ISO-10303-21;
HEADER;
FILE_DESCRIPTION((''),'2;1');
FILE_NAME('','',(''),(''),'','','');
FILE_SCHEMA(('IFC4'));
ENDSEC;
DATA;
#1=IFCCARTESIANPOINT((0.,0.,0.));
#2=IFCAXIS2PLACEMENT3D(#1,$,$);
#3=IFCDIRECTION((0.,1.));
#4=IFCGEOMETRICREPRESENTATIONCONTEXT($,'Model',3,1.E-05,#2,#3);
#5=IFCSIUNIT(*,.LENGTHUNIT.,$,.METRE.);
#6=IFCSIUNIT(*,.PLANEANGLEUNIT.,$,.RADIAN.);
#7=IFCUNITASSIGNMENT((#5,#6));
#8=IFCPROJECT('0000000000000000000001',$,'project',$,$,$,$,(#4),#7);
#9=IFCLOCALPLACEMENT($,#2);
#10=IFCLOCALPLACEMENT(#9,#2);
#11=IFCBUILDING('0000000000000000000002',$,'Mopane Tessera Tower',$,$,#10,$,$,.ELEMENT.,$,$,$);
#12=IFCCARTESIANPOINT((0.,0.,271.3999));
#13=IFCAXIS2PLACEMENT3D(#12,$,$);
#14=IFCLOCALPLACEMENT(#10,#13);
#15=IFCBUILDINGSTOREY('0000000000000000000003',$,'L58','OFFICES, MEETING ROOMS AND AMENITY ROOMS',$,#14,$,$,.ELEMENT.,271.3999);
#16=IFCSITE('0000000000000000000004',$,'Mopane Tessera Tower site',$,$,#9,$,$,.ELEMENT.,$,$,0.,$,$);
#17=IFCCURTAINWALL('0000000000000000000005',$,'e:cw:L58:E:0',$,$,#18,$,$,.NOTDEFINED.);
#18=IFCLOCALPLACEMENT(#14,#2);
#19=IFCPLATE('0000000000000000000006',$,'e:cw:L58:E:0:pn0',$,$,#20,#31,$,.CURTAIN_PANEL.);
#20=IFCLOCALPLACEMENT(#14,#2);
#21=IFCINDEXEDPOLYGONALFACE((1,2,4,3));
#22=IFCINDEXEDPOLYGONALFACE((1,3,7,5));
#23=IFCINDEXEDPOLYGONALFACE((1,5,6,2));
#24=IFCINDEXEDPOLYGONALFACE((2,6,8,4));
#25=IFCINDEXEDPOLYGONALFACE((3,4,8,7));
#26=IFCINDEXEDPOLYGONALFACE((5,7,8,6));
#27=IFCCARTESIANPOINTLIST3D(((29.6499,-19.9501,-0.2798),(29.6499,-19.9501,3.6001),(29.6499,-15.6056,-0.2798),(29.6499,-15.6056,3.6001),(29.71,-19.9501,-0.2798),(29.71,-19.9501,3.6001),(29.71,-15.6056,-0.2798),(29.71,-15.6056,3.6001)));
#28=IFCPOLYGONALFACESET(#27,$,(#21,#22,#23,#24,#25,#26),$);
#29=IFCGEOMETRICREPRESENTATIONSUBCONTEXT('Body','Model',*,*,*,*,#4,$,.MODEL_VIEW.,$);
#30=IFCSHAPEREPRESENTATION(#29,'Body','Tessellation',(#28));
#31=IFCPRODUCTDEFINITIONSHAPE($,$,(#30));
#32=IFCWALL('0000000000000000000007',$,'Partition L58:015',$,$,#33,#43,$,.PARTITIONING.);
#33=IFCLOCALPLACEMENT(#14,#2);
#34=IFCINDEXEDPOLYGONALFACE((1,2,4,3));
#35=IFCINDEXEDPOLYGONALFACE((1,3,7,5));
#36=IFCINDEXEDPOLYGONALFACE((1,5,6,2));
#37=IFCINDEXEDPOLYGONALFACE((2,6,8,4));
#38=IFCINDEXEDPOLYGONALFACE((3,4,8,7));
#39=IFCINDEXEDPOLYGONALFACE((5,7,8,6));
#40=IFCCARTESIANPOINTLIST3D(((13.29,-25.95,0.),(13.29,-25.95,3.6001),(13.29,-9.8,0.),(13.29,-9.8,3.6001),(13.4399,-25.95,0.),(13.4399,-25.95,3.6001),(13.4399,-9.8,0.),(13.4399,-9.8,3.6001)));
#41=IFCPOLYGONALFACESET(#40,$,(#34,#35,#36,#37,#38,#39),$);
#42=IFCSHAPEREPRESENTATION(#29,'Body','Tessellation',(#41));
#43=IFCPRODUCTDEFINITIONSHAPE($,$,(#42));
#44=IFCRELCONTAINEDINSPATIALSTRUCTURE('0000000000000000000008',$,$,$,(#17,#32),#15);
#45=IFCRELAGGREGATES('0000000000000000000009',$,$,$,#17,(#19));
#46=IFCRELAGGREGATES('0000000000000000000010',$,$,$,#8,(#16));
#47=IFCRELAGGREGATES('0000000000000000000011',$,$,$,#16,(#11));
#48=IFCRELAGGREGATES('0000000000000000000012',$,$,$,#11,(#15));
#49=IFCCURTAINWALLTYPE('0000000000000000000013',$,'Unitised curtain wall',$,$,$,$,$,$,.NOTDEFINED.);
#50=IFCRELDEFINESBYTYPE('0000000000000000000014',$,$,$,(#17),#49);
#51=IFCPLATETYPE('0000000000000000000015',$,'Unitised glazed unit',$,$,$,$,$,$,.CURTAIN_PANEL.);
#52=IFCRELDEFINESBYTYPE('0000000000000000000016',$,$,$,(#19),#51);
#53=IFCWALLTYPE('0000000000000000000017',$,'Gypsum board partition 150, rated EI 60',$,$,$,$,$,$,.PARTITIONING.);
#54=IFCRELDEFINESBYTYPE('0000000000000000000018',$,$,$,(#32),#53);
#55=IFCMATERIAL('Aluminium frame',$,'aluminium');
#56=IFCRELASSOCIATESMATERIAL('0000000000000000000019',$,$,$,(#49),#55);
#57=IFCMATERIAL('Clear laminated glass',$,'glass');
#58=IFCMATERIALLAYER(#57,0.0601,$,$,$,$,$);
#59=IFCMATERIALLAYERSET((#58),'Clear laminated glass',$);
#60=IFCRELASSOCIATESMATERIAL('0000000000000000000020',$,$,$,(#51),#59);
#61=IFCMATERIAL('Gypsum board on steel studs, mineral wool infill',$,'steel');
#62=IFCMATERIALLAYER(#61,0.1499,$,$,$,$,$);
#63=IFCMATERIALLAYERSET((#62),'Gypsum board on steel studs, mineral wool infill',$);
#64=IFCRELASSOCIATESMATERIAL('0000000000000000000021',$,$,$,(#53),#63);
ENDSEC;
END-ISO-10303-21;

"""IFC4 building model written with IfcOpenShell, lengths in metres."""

from ifc_helpers import new_model, si_unit, direction, frame, frame_2d, origin, origin_2d, place, context, subcontext, project, spatial, rectangle, extrude, material, layer, layer_set, type_object, element, aggregate, save


model = new_model("IFC4")

# Units and contexts
model_context = context("Model", 3, precision=1e-05, world=origin(), true_north=direction((0.0, 1.0)))
body_context = subcontext(model_context, "Body", "Model", "MODEL_VIEW")
ifc_project = project(units=[si_unit("LENGTHUNIT", "METRE"), si_unit("PLANEANGLEUNIT", "RADIAN")], contexts=[model_context])

# Site, building, storey
site_placement = place(None, origin())
site = spatial("IfcSite", under=ifc_project, at=site_placement, Name="Mopane Tessera Tower site", CompositionType="ELEMENT", RefElevation=0.0)
building_placement = place(site_placement, origin())
building = spatial("IfcBuilding", under=site, at=building_placement, Name="Mopane Tessera Tower", CompositionType="ELEMENT")
storey_placement = place(building_placement, frame((0.0, 0.0, 271.3999)))
storey = spatial("IfcBuildingStorey", under=building, at=storey_placement, Name="L58", Description="OFFICES, MEETING ROOMS AND AMENITY ROOMS", CompositionType="ELEMENT", Elevation=271.3999)

# Curtain wall
ifc_material_1 = material(Name="Aluminium frame", Category="aluminium")
curtain_wall_type = type_object("IfcCurtainWallType", Name="Unitised curtain wall", PredefinedType="NOTDEFINED", material=ifc_material_1)
curtain_wall_1_placement = place(storey_placement, origin())
curtain_wall_1 = element("IfcCurtainWall", 1, at=curtain_wall_1_placement, inside=storey, type_object=curtain_wall_type, Name="e:cw:L58:E:0", PredefinedType="NOTDEFINED")

# Plate
ifc_material_2 = material(Name="Clear laminated glass", Category="glass")
ifc_layer_1 = layer(ifc_material_2, 0.0601)
ifc_layer_set_1 = layer_set([ifc_layer_1], Name="Clear laminated glass")
plate_type = type_object("IfcPlateType", Name="Unitised glazed unit", PredefinedType="CURTAIN_PANEL", material=ifc_layer_set_1)
plate_1_placement = place(storey_placement, frame((29.6799, -17.7778, -0.2798), z_axis=(0.0, 0.0, 1.0), x_axis=(0.0, 1.0, 0.0)))
plate_1 = element("IfcPlate", 2, at=plate_1_placement, type_object=plate_type, Name="e:cw:L58:E:0:pn0", PredefinedType="CURTAIN_PANEL", context=body_context, shape_type="SweptSolid", body=[
    extrude(rectangle(XDim=4.3445, YDim=0.0601, at=origin_2d()), origin(), (0.0, 0.0, 1.0), 3.8799),
])
aggregate(curtain_wall_1, [plate_1])

# Wall
ifc_material_3 = material(Name="Gypsum board on steel studs, mineral wool infill", Category="steel")
ifc_layer_2 = layer(ifc_material_3, 0.1499)
ifc_layer_set_2 = layer_set([ifc_layer_2], Name="Gypsum board on steel studs, mineral wool infill")
wall_type = type_object("IfcWallType", Name="Gypsum board partition 150, rated EI 60", PredefinedType="PARTITIONING", material=ifc_layer_set_2)
wall_placement = place(storey_placement, frame((13.365, -25.95, 0.0), z_axis=(0.0, 0.0, 1.0), x_axis=(0.0, 1.0, 0.0)))
element("IfcWall", 3, at=wall_placement, inside=storey, type_object=wall_type, Name="Partition L58:015", PredefinedType="PARTITIONING", context=body_context, shape_type="SweptSolid", body=[
    extrude(rectangle(XDim=16.1499, YDim=0.1499, at=frame_2d((8.075, 0.0))), origin(), (0.0, 0.0, 1.0), 3.6001),
])

save(model, "model.ifc")
